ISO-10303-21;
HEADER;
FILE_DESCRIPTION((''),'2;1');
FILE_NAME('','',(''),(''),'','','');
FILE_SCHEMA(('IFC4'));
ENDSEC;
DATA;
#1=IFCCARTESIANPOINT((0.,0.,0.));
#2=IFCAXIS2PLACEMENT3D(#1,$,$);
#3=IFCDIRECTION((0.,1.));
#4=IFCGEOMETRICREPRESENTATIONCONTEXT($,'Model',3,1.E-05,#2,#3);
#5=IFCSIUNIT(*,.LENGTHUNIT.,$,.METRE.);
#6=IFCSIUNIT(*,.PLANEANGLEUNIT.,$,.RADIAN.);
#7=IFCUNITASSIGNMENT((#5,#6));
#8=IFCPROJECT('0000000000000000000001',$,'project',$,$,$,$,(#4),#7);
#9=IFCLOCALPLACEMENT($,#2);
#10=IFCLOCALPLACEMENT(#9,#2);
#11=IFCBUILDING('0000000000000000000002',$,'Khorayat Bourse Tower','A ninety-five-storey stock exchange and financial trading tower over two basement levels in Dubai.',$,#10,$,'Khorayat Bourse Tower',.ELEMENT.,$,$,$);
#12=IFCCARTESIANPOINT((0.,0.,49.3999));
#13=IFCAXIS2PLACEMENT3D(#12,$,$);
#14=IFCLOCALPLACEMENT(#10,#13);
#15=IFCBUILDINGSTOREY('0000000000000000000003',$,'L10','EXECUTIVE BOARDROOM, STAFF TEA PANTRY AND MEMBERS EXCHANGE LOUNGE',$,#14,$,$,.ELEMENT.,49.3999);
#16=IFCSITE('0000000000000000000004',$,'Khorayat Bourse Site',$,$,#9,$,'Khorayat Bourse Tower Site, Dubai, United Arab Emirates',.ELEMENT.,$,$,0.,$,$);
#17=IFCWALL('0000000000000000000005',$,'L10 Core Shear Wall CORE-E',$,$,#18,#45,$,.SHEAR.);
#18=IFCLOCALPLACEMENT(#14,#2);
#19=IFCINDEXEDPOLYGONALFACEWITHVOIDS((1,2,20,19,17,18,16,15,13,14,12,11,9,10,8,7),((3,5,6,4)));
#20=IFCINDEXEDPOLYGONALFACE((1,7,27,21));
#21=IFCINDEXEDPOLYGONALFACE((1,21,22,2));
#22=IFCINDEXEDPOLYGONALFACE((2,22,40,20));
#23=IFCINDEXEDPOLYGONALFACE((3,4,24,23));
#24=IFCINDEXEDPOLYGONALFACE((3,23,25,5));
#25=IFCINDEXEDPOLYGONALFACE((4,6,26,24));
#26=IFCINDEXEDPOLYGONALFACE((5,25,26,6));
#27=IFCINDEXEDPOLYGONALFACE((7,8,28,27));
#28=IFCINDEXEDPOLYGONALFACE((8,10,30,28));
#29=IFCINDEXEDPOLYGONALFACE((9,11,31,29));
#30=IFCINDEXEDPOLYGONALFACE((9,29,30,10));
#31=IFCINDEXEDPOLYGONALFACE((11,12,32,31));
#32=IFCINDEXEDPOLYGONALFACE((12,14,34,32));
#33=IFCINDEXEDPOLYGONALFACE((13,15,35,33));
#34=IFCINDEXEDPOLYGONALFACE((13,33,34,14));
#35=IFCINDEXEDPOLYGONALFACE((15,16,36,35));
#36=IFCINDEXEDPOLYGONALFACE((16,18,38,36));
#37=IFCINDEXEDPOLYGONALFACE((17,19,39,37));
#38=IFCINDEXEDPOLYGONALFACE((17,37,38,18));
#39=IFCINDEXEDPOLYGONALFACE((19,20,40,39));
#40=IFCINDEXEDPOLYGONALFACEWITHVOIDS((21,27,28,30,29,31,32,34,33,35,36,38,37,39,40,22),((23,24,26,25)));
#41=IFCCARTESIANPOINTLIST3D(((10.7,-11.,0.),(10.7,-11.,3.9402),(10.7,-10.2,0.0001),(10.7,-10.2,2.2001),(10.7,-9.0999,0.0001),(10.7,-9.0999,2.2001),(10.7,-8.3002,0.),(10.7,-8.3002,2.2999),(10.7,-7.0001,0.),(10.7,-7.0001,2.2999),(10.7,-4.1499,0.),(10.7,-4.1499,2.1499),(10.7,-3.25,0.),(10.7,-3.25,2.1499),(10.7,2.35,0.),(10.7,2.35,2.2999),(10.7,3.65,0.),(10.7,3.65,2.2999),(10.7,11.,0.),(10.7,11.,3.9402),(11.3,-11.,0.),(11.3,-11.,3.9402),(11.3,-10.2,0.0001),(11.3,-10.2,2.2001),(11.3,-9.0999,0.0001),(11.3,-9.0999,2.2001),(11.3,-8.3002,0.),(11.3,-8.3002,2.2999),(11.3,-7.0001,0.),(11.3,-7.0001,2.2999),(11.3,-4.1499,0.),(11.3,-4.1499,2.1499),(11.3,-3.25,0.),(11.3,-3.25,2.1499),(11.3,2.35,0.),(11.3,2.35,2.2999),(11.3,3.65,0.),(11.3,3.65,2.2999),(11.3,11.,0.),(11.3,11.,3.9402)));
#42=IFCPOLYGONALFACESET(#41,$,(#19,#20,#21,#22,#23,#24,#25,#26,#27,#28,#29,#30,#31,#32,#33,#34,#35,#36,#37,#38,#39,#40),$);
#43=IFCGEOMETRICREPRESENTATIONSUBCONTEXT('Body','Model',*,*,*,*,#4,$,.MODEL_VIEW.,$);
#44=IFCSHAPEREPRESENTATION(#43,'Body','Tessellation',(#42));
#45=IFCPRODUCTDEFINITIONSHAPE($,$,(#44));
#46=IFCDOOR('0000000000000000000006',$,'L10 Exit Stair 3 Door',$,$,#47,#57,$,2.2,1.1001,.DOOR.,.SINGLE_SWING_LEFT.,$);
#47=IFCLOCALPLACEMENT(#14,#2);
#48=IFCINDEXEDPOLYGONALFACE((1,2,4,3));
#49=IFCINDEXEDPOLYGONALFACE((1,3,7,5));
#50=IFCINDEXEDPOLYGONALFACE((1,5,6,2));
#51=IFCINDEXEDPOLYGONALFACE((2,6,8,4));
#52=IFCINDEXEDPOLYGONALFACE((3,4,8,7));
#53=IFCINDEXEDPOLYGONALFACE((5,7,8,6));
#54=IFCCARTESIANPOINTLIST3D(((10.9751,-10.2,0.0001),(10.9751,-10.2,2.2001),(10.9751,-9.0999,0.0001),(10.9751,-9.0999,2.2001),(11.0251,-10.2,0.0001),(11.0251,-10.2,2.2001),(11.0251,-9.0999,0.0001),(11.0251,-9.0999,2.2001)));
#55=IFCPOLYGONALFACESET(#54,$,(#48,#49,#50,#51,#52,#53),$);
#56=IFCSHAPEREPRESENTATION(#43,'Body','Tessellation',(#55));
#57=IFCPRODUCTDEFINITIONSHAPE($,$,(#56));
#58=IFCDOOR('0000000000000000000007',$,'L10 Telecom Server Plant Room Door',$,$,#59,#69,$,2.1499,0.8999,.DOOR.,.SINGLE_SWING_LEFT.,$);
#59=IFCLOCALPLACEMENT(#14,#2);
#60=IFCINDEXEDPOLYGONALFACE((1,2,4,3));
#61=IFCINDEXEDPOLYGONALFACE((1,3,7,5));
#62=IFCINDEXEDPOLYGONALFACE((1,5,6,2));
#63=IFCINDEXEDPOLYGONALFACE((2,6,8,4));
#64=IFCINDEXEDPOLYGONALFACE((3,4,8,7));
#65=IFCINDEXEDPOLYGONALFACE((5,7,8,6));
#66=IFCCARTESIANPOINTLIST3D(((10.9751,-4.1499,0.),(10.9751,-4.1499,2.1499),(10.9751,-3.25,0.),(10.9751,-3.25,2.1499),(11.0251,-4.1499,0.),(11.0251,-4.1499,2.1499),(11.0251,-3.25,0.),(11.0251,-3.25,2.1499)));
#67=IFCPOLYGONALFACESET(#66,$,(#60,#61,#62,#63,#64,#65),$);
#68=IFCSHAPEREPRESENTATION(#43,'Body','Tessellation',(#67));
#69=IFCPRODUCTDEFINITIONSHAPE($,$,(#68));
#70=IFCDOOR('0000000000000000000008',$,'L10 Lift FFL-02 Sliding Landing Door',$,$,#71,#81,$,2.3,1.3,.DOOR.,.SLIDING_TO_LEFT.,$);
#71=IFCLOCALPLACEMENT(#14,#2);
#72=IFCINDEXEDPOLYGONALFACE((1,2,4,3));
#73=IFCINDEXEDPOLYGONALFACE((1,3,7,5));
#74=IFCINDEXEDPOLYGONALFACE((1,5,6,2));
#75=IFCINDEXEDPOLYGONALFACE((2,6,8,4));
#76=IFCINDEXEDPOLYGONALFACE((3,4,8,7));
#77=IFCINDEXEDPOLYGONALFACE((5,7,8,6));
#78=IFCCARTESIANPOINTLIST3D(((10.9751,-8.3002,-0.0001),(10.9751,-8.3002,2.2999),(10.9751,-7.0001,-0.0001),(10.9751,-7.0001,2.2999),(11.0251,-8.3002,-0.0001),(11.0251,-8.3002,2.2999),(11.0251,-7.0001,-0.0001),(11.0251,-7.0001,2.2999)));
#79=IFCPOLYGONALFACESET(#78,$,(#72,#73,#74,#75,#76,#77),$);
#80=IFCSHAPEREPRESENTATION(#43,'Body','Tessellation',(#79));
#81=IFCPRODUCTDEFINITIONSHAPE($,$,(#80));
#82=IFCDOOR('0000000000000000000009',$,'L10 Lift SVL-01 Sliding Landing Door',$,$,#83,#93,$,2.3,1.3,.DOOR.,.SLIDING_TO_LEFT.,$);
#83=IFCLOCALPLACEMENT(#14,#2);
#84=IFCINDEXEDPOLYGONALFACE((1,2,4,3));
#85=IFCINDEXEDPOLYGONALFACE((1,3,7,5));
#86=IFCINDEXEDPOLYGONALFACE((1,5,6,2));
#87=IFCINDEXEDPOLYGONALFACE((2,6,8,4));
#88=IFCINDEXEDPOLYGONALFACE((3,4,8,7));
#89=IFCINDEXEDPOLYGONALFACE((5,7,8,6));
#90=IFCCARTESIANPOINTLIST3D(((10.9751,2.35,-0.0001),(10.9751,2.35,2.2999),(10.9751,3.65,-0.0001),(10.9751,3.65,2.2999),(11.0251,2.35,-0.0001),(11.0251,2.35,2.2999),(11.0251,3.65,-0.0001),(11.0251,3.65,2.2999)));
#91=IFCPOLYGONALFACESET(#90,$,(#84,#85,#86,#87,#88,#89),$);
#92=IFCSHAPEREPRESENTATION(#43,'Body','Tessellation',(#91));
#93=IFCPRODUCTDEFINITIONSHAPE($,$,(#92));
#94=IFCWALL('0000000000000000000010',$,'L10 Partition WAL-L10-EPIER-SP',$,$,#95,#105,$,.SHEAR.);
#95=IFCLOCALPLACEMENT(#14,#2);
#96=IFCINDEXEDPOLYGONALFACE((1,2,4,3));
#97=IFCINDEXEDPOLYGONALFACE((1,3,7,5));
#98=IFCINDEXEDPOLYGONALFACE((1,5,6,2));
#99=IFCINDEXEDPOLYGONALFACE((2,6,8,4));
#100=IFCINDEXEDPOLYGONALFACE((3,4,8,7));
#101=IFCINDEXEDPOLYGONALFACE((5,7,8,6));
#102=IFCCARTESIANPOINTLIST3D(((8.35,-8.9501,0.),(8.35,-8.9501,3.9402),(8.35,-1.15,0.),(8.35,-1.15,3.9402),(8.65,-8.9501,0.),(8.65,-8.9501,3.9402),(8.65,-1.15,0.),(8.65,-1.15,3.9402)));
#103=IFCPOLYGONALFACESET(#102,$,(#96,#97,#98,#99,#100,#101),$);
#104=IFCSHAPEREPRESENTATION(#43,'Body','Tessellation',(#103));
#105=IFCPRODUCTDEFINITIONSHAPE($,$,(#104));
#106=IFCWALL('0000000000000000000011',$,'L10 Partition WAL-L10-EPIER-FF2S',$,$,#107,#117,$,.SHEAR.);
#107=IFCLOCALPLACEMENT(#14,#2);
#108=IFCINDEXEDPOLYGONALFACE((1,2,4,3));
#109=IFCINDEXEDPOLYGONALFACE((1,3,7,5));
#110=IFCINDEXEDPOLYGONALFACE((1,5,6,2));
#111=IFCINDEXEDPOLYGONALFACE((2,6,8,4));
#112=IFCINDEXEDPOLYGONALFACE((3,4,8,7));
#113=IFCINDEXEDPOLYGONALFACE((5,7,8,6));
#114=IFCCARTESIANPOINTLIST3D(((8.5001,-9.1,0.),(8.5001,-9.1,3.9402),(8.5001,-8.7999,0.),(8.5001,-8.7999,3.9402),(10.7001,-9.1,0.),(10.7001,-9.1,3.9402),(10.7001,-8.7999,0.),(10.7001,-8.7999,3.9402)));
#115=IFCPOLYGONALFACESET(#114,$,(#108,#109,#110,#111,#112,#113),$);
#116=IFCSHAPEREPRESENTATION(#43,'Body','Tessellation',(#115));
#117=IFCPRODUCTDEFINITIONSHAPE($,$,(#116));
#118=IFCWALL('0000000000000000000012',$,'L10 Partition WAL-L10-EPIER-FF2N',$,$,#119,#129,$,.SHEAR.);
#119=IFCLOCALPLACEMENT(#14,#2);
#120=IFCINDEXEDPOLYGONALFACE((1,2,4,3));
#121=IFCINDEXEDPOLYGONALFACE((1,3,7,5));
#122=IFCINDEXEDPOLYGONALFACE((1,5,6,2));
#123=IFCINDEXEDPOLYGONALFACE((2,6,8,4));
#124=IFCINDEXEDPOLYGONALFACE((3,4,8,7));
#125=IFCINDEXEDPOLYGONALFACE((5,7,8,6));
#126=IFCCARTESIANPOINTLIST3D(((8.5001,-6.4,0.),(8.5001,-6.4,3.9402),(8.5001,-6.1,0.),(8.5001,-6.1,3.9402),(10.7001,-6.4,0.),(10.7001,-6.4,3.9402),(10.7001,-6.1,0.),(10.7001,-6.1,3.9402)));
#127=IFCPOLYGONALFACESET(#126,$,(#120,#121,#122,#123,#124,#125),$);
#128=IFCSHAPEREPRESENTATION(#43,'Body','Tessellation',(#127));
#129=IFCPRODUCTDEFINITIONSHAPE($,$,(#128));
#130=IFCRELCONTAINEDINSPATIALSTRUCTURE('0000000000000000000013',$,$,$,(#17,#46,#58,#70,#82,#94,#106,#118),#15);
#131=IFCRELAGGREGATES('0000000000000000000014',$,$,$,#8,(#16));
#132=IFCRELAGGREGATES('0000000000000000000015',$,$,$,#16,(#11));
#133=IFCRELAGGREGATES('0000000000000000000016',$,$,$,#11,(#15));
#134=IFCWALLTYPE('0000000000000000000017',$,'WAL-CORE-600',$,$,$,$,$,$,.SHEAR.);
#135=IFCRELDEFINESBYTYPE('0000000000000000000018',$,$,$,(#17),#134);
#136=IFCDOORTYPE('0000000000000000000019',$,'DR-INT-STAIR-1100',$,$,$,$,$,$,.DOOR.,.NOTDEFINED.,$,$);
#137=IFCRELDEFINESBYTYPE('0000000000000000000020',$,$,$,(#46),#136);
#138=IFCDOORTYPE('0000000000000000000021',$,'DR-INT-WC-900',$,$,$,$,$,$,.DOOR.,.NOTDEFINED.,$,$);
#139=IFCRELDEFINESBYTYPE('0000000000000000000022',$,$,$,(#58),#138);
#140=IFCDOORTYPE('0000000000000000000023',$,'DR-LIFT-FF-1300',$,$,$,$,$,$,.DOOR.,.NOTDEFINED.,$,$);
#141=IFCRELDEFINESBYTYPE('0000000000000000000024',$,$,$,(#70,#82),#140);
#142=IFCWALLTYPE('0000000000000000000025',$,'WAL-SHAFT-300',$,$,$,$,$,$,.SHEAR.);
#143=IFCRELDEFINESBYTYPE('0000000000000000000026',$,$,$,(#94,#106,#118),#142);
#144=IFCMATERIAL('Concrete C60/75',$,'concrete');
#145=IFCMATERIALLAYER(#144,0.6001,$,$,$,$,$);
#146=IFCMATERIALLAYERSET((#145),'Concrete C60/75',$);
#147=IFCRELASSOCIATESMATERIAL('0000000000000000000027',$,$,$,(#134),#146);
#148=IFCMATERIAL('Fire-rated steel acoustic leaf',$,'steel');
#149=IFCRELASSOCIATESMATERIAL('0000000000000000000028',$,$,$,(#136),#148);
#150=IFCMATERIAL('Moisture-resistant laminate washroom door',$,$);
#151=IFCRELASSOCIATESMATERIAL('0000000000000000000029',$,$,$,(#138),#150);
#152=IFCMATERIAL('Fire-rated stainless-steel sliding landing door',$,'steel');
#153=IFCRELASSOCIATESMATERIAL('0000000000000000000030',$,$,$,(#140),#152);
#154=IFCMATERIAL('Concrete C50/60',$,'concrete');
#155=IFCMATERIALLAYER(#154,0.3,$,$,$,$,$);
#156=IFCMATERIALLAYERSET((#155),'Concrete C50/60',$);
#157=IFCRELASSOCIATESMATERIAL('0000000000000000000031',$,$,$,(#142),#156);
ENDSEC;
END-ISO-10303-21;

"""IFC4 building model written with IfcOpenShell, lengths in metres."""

from ifc_helpers import new_model, si_unit, direction, frame, frame_2d, origin, place, context, subcontext, project, spatial, rectangle, extrude, source, transform, mapped, material, layer, layer_set, type_object, element, fill, save


model = new_model("IFC4")

# Units and contexts
model_context = context("Model", 3, precision=1e-05, world=origin(), true_north=direction((0.0, 1.0)))
body_context = subcontext(model_context, "Body", "Model", "MODEL_VIEW")
ifc_project = project(units=[si_unit("LENGTHUNIT", "METRE"), si_unit("PLANEANGLEUNIT", "RADIAN")], contexts=[model_context])

# Site, building, storey
site_placement = place(None, origin())
site = spatial("IfcSite", under=ifc_project, at=site_placement, Name="Khorayat Bourse Site", LongName="Khorayat Bourse Tower Site, Dubai, United Arab Emirates", CompositionType="ELEMENT", RefElevation=0.0)
building_placement = place(site_placement, origin())
building = spatial("IfcBuilding", under=site, at=building_placement, Name="Khorayat Bourse Tower", Description="A ninety-five-storey stock exchange and financial trading tower over two basement levels in Dubai.", LongName="Khorayat Bourse Tower", CompositionType="ELEMENT")
storey_placement = place(building_placement, frame((0.0, 0.0, 49.3999)))
storey = spatial("IfcBuildingStorey", under=building, at=storey_placement, Name="L10", Description="EXECUTIVE BOARDROOM, STAFF TEA PANTRY AND MEMBERS EXCHANGE LOUNGE", CompositionType="ELEMENT", Elevation=49.3999)

# Wall, openings, doors
ifc_material_1 = material(Name="Concrete C60/75", Category="concrete")
ifc_layer_1 = layer(ifc_material_1, 0.6001)
ifc_layer_set_1 = layer_set([ifc_layer_1], Name="Concrete C60/75")
wall_type_1 = type_object("IfcWallType", Name="WAL-CORE-600", PredefinedType="SHEAR", material=ifc_layer_set_1)
shared_shape_1 = source(origin(), body_context, "Body", "SweptSolid", [
    extrude(rectangle(XDim=22.0, YDim=0.6001, at=frame_2d((11.0, 0.0))), origin(), (0.0, 0.0, 1.0), 3.9402),
])
wall_1_placement = place(storey_placement, frame((11.0, -11.0, 0.0), z_axis=(0.0, 0.0, 1.0), x_axis=(0.0, 1.0, 0.0)))
wall_1 = element("IfcWall", 1, at=wall_1_placement, inside=storey, type_object=wall_type_1, Name="L10 Core Shear Wall CORE-E", PredefinedType="SHEAR", context=body_context, shape_type="MappedRepresentation", body=[
    mapped(shared_shape_1, transform((0.0, 0.0, 0.0), scale=1.0)),
])
shared_shape_2 = source(origin(), body_context, "Body", "SweptSolid", [
    extrude(rectangle(XDim=1.1001, YDim=2.2, at=frame_2d((0.55, 1.1001))), frame((0.0, 0.3101, 0.0), z_axis=(0.0, -1.0, 0.0), x_axis=(1.0, 0.0, 0.0)), (0.0, 0.0, 1.0), 0.6201),
])
opening_1_placement = place(wall_1_placement, frame((0.8, 0.0, 0.0)))
opening_1 = element("IfcOpeningElement", 2, at=opening_1_placement, cuts=wall_1, PredefinedType="OPENING", context=body_context, shape_type="MappedRepresentation", body=[
    mapped(shared_shape_2, transform((0.0, 0.0, 0.0), scale=1.0)),
])
shared_shape_3 = source(origin(), body_context, "Body", "SweptSolid", [
    extrude(rectangle(XDim=0.8999, YDim=2.1499, at=frame_2d((0.45, 1.075))), frame((0.0, 0.3101, 0.0), z_axis=(0.0, -1.0, 0.0), x_axis=(1.0, 0.0, 0.0)), (0.0, 0.0, 1.0), 0.6201),
])
opening_2_placement = place(wall_1_placement, frame((6.8501, 0.0, 0.0)))
opening_2 = element("IfcOpeningElement", 3, at=opening_2_placement, cuts=wall_1, PredefinedType="OPENING", context=body_context, shape_type="MappedRepresentation", body=[
    mapped(shared_shape_3, transform((0.0, 0.0, 0.0), scale=1.0)),
])
shared_shape_4 = source(origin(), body_context, "Body", "SweptSolid", [
    extrude(rectangle(XDim=1.3, YDim=2.3, at=frame_2d((0.6499, 1.1499))), frame((0.0, 0.3101, 0.0), z_axis=(0.0, -1.0, 0.0), x_axis=(1.0, 0.0, 0.0)), (0.0, 0.0, 1.0), 0.6201),
])
opening_3_placement = place(wall_1_placement, frame((2.7, 0.0, 0.0)))
opening_3 = element("IfcOpeningElement", 4, at=opening_3_placement, cuts=wall_1, PredefinedType="OPENING", context=body_context, shape_type="MappedRepresentation", body=[
    mapped(shared_shape_4, transform((0.0, 0.0, 0.0), scale=1.0)),
])
opening_4_placement = place(wall_1_placement, frame((13.3501, 0.0, 0.0)))
opening_4 = element("IfcOpeningElement", 5, at=opening_4_placement, cuts=wall_1, PredefinedType="OPENING", context=body_context, shape_type="MappedRepresentation", body=[
    mapped(shared_shape_4, transform((0.0, 0.0, 0.0), scale=1.0)),
])
ifc_material_2 = material(Name="Fire-rated steel acoustic leaf", Category="steel")
door_type_1 = type_object("IfcDoorType", Name="DR-INT-STAIR-1100", OperationType="NOTDEFINED", PredefinedType="DOOR", material=ifc_material_2)
shared_shape_5 = source(origin(), body_context, "Body", "SweptSolid", [
    extrude(rectangle(XDim=1.1001, YDim=2.2, at=frame_2d((0.55, 1.1001))), frame((0.0, 0.0249, 0.0), z_axis=(0.0, -1.0, 0.0), x_axis=(1.0, 0.0, 0.0)), (0.0, 0.0, 1.0), 0.05),
])
door_1_placement = place(opening_1_placement, origin())
door_1 = element("IfcDoor", 6, at=door_1_placement, inside=storey, type_object=door_type_1, Name="L10 Exit Stair 3 Door", OperationType="SINGLE_SWING_LEFT", OverallHeight=2.2, OverallWidth=1.1001, PredefinedType="DOOR", context=body_context, shape_type="MappedRepresentation", body=[
    mapped(shared_shape_5, transform((0.0, 0.0, 0.0), scale=1.0)),
])
fill(opening_1, door_1)
ifc_material_3 = material(Name="Moisture-resistant laminate washroom door")
door_type_2 = type_object("IfcDoorType", Name="DR-INT-WC-900", OperationType="NOTDEFINED", PredefinedType="DOOR", material=ifc_material_3)
shared_shape_6 = source(origin(), body_context, "Body", "SweptSolid", [
    extrude(rectangle(XDim=0.8999, YDim=2.1499, at=frame_2d((0.45, 1.075))), frame((0.0, 0.0249, 0.0), z_axis=(0.0, -1.0, 0.0), x_axis=(1.0, 0.0, 0.0)), (0.0, 0.0, 1.0), 0.05),
])
door_2_placement = place(opening_2_placement, origin())
door_2 = element("IfcDoor", 7, at=door_2_placement, inside=storey, type_object=door_type_2, Name="L10 Telecom Server Plant Room Door", OperationType="SINGLE_SWING_LEFT", OverallHeight=2.1499, OverallWidth=0.8999, PredefinedType="DOOR", context=body_context, shape_type="MappedRepresentation", body=[
    mapped(shared_shape_6, transform((0.0, 0.0, 0.0), scale=1.0)),
])
fill(opening_2, door_2)
ifc_material_4 = material(Name="Fire-rated stainless-steel sliding landing door", Category="steel")
door_type_3 = type_object("IfcDoorType", Name="DR-LIFT-FF-1300", OperationType="NOTDEFINED", PredefinedType="DOOR", material=ifc_material_4)
shared_shape_7 = source(origin(), body_context, "Body", "SweptSolid", [
    extrude(rectangle(XDim=1.3, YDim=2.3, at=frame_2d((0.6499, 1.1499))), frame((0.0, 0.0249, 0.0), z_axis=(0.0, -1.0, 0.0), x_axis=(1.0, 0.0, 0.0)), (0.0, 0.0, 1.0), 0.05),
])
door_3_placement = place(opening_3_placement, origin())
door_3 = element("IfcDoor", 8, at=door_3_placement, inside=storey, type_object=door_type_3, Name="L10 Lift FFL-02 Sliding Landing Door", OperationType="SLIDING_TO_LEFT", OverallHeight=2.3, OverallWidth=1.3, PredefinedType="DOOR", context=body_context, shape_type="MappedRepresentation", body=[
    mapped(shared_shape_7, transform((0.0, 0.0, 0.0), scale=1.0)),
])
fill(opening_3, door_3)
door_4_placement = place(opening_4_placement, origin())
door_4 = element("IfcDoor", 9, at=door_4_placement, inside=storey, type_object=door_type_3, Name="L10 Lift SVL-01 Sliding Landing Door", OperationType="SLIDING_TO_LEFT", OverallHeight=2.3, OverallWidth=1.3, PredefinedType="DOOR", context=body_context, shape_type="MappedRepresentation", body=[
    mapped(shared_shape_7, transform((0.0, 0.0, 0.0), scale=1.0)),
])
fill(opening_4, door_4)

# Walls
ifc_material_5 = material(Name="Concrete C50/60", Category="concrete")
ifc_layer_2 = layer(ifc_material_5, 0.3)
ifc_layer_set_2 = layer_set([ifc_layer_2], Name="Concrete C50/60")
wall_type_2 = type_object("IfcWallType", Name="WAL-SHAFT-300", PredefinedType="SHEAR", material=ifc_layer_set_2)
shared_shape_8 = source(origin(), body_context, "Body", "SweptSolid", [
    extrude(rectangle(XDim=7.8, YDim=0.3, at=frame_2d((3.8999, 0.0))), origin(), (0.0, 0.0, 1.0), 3.9402),
])
wall_2_placement = place(storey_placement, frame((8.5, -8.95, 0.0), z_axis=(0.0, 0.0, 1.0), x_axis=(0.0, 1.0, 0.0)))
element("IfcWall", 10, at=wall_2_placement, inside=storey, type_object=wall_type_2, Name="L10 Partition WAL-L10-EPIER-SP", PredefinedType="SHEAR", context=body_context, shape_type="MappedRepresentation", body=[
    mapped(shared_shape_8, transform((0.0, 0.0, 0.0), scale=1.0)),
])
shared_shape_9 = source(origin(), body_context, "Body", "SweptSolid", [
    extrude(rectangle(XDim=2.2, YDim=0.3, at=frame_2d((1.1001, 0.0))), origin(), (0.0, 0.0, 1.0), 3.9402),
])
for number, where, z_axis, x_axis, name in (
    (11, (8.5, -8.95, 0.0), (0.0, 0.0, 1.0), (1.0, 0.0, 0.0), "L10 Partition WAL-L10-EPIER-FF2S"),
    (12, (8.5, -6.25, 0.0), (0.0, 0.0, 1.0), (1.0, 0.0, 0.0), "L10 Partition WAL-L10-EPIER-FF2N"),
):
    element("IfcWall", number, at=place(storey_placement, frame(where, z_axis=z_axis, x_axis=x_axis)), inside=storey, type_object=wall_type_2, Name=name, PredefinedType="SHEAR", context=body_context, shape_type="MappedRepresentation", body=[
        mapped(shared_shape_9, transform((0.0, 0.0, 0.0), scale=1.0)),
    ])

save(model, "model.ifc")
